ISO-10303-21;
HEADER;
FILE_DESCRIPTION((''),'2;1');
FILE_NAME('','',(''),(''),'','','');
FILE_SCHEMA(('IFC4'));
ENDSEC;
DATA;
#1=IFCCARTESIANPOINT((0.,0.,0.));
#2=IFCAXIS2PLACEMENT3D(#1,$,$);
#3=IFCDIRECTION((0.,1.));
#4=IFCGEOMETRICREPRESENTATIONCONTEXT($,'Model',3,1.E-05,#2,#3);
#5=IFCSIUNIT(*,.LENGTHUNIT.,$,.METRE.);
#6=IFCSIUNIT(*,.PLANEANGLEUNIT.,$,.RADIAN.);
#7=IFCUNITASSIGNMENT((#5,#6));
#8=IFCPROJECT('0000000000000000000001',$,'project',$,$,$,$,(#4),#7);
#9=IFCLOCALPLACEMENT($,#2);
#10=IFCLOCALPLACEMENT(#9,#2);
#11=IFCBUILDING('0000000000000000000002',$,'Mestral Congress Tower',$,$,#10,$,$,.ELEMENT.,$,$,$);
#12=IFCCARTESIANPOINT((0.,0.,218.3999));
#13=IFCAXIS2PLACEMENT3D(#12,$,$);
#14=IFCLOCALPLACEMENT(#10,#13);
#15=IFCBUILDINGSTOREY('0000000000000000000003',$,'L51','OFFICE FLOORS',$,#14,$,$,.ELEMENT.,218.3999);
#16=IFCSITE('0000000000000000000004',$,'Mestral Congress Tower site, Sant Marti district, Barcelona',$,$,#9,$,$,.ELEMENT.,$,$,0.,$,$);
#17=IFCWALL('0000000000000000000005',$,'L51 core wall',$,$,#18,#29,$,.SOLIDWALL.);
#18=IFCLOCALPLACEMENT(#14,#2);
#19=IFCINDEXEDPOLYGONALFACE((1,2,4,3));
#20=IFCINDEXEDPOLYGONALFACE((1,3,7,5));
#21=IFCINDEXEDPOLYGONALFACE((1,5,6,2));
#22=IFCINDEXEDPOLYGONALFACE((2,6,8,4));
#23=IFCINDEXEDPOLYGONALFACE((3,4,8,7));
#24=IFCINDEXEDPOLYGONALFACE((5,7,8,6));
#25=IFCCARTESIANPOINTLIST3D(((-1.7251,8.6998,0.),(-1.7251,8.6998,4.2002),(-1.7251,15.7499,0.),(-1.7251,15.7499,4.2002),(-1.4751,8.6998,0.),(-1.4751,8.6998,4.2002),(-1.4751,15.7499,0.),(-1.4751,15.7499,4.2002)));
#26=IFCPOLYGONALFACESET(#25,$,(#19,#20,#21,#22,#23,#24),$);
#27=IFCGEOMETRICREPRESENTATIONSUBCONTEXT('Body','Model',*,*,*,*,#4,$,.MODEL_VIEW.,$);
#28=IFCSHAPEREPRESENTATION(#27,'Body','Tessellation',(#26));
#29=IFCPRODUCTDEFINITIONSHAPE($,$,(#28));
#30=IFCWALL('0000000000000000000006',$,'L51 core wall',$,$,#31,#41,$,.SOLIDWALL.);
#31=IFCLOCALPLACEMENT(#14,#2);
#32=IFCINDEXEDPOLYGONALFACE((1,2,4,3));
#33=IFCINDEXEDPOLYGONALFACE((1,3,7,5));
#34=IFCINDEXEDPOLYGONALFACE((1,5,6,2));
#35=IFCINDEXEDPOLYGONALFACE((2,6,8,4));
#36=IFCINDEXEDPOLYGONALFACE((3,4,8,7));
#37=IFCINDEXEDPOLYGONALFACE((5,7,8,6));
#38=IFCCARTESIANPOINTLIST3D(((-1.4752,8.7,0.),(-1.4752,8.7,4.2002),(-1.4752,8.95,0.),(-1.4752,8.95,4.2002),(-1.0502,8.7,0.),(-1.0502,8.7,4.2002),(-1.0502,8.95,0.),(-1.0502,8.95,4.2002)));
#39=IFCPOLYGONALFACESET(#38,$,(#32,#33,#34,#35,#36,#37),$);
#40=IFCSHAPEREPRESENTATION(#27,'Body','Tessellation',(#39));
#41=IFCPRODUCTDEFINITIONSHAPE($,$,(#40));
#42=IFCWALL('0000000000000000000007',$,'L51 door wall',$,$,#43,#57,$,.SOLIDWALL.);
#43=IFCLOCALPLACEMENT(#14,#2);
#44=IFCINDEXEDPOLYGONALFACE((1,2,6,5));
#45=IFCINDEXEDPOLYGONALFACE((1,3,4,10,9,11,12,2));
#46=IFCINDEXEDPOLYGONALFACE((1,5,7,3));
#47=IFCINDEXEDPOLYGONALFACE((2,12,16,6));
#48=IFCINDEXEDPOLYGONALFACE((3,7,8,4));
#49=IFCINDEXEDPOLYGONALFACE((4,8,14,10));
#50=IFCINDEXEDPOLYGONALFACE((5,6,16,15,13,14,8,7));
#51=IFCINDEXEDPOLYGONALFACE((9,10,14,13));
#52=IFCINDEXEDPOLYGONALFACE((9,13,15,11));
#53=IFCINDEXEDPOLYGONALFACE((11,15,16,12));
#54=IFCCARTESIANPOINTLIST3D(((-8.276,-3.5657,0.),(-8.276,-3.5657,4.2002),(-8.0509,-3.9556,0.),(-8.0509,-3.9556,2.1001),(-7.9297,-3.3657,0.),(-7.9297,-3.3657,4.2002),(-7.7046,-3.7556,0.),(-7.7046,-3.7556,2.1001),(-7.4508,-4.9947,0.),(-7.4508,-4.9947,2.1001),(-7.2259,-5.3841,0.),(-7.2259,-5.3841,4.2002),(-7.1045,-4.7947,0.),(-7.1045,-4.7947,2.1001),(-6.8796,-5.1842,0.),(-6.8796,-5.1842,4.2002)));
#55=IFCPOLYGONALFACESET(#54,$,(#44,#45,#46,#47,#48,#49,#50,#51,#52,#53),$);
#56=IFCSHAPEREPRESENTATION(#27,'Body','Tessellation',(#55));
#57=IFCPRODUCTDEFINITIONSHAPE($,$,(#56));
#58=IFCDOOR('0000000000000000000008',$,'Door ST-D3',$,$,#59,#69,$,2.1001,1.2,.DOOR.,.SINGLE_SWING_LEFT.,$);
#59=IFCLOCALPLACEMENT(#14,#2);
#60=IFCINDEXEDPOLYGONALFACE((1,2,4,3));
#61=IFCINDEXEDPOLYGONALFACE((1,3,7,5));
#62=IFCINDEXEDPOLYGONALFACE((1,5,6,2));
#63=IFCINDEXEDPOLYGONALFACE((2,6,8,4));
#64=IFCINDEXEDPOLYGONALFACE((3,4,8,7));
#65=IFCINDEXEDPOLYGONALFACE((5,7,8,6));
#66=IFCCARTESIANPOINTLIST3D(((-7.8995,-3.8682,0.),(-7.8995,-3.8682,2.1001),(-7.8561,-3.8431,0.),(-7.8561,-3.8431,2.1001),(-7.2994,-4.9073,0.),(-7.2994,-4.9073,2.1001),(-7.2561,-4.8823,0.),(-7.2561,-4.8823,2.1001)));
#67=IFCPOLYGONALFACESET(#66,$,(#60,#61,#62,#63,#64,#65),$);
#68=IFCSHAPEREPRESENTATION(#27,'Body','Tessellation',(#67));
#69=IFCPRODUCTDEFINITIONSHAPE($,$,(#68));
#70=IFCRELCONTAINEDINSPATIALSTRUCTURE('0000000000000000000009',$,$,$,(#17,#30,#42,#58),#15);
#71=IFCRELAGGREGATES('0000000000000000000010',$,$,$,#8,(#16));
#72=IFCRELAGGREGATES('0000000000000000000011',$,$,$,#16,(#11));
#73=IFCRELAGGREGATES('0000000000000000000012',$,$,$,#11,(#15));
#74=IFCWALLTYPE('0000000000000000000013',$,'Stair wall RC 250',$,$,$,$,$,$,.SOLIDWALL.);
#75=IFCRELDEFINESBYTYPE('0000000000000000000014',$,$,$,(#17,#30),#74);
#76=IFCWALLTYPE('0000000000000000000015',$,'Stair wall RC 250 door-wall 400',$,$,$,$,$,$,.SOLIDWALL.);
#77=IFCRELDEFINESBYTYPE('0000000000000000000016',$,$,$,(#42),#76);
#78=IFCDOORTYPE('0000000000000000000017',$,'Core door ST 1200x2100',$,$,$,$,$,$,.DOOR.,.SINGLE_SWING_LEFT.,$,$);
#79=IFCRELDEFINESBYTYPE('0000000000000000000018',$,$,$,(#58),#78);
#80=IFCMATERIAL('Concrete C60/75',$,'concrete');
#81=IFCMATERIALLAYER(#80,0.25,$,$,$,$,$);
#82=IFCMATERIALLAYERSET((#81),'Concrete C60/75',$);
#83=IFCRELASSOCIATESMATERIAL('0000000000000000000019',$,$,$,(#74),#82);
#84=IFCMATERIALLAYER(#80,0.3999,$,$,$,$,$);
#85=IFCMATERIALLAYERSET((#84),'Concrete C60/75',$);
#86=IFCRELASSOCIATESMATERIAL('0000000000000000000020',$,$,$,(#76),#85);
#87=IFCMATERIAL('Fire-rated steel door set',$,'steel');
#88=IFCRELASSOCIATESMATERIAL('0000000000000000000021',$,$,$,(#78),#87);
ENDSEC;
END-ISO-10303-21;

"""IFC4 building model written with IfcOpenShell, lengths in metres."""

from ifc_helpers import new_model, si_unit, direction, frame, frame_2d, origin, place, context, subcontext, project, spatial, rectangle, extrude, material, layer, layer_set, type_object, element, fill, save


model = new_model("IFC4")

# Units and contexts
model_context = context("Model", 3, precision=1e-05, world=origin(), true_north=direction((0.0, 1.0)))
body_context = subcontext(model_context, "Body", "Model", "MODEL_VIEW")
ifc_project = project(units=[si_unit("LENGTHUNIT", "METRE"), si_unit("PLANEANGLEUNIT", "RADIAN")], contexts=[model_context])

# Site, building, storey
site_placement = place(None, origin())
site = spatial("IfcSite", under=ifc_project, at=site_placement, Name="Mestral Congress Tower site, Sant Marti district, Barcelona", CompositionType="ELEMENT", RefElevation=0.0)
building_placement = place(site_placement, origin())
building = spatial("IfcBuilding", under=site, at=building_placement, Name="Mestral Congress Tower", CompositionType="ELEMENT")
storey_placement = place(building_placement, frame((0.0, 0.0, 218.3999)))
storey = spatial("IfcBuildingStorey", under=building, at=storey_placement, Name="L51", Description="OFFICE FLOORS", CompositionType="ELEMENT", Elevation=218.3999)

# Shared definitions
ifc_material_1 = material(Name="Fire-rated steel door set", Category="steel")

# Shared definitions
ifc_material_2 = material(Name="Concrete C60/75", Category="concrete")

# Walls
ifc_layer_1 = layer(ifc_material_2, 0.25)
ifc_layer_set_1 = layer_set([ifc_layer_1], Name="Concrete C60/75")
wall_type_1 = type_object("IfcWallType", Name="Stair wall RC 250", PredefinedType="SOLIDWALL", material=ifc_layer_set_1)
wall_1_placement = place(storey_placement, frame((-1.6001, 8.7, 0.0), z_axis=(0.0, 0.0, 1.0), x_axis=(0.0, 1.0, 0.0)))
element("IfcWall", 1, at=wall_1_placement, inside=storey, type_object=wall_type_1, Name="L51 core wall", PredefinedType="SOLIDWALL", context=body_context, shape_type="SweptSolid", body=[
    extrude(rectangle(XDim=7.05, YDim=0.25, at=frame_2d((3.5249, 0.0))), origin(), (0.0, 0.0, 1.0), 4.2002),
])
wall_2_placement = place(storey_placement, frame((-1.4751, 8.825, 0.0), z_axis=(0.0, 0.0, 1.0), x_axis=(1.0, 0.0, 0.0)))
element("IfcWall", 2, at=wall_2_placement, inside=storey, type_object=wall_type_1, Name="L51 core wall", PredefinedType="SOLIDWALL", context=body_context, shape_type="SweptSolid", body=[
    extrude(rectangle(XDim=0.425, YDim=0.25, at=frame_2d((0.2124, 0.0))), origin(), (0.0, 0.0, 1.0), 4.2002),
])

# Wall, opening, door
ifc_layer_2 = layer(ifc_material_2, 0.3999)
ifc_layer_set_2 = layer_set([ifc_layer_2], Name="Concrete C60/75")
wall_type_2 = type_object("IfcWallType", Name="Stair wall RC 250 door-wall 400", PredefinedType="SOLIDWALL", material=ifc_layer_set_2)
wall_3_placement = place(storey_placement, frame((-8.1028, -3.4658, 0.0), z_axis=(0.0, 0.0, 1.0), x_axis=(0.500078, -0.86598, 0.0)))
wall_3 = element("IfcWall", 3, at=wall_3_placement, inside=storey, type_object=wall_type_2, Name="L51 door wall", PredefinedType="SOLIDWALL", context=body_context, shape_type="SweptSolid", body=[
    extrude(rectangle(XDim=2.0999, YDim=0.3999, at=frame_2d((1.0498, 0.0))), origin(), (0.0, 0.0, 1.0), 4.2002),
])
opening_1_placement = place(wall_3_placement, frame((0.45, 0.0, 0.0)))
opening_1 = element("IfcOpeningElement", 4, at=opening_1_placement, cuts=wall_3, PredefinedType="OPENING", context=body_context, shape_type="SweptSolid", body=[
    extrude(rectangle(XDim=1.2, YDim=2.1001, at=frame_2d((0.6001, 1.05))), frame((0.0, 0.21, 0.0), z_axis=(0.0, -1.0, 0.0), x_axis=(1.0, 0.0, 0.0)), (0.0, 0.0, 1.0), 0.4199),
])
door_type_1 = type_object("IfcDoorType", Name="Core door ST 1200x2100", OperationType="SINGLE_SWING_LEFT", PredefinedType="DOOR", material=ifc_material_1)
door_1_placement = place(opening_1_placement, origin())
door_1 = element("IfcDoor", 5, at=door_1_placement, inside=storey, type_object=door_type_1, Name="Door ST-D3", OperationType="SINGLE_SWING_LEFT", OverallHeight=2.1001, OverallWidth=1.2, PredefinedType="DOOR", context=body_context, shape_type="SweptSolid", body=[
    extrude(rectangle(XDim=1.2, YDim=2.1001, at=frame_2d((0.6001, 1.05))), frame((0.0, 0.0249, 0.0), z_axis=(0.0, -1.0, 0.0), x_axis=(1.0, 0.0, 0.0)), (0.0, 0.0, 1.0), 0.05),
])
fill(opening_1, door_1)

save(model, "model.ifc")
